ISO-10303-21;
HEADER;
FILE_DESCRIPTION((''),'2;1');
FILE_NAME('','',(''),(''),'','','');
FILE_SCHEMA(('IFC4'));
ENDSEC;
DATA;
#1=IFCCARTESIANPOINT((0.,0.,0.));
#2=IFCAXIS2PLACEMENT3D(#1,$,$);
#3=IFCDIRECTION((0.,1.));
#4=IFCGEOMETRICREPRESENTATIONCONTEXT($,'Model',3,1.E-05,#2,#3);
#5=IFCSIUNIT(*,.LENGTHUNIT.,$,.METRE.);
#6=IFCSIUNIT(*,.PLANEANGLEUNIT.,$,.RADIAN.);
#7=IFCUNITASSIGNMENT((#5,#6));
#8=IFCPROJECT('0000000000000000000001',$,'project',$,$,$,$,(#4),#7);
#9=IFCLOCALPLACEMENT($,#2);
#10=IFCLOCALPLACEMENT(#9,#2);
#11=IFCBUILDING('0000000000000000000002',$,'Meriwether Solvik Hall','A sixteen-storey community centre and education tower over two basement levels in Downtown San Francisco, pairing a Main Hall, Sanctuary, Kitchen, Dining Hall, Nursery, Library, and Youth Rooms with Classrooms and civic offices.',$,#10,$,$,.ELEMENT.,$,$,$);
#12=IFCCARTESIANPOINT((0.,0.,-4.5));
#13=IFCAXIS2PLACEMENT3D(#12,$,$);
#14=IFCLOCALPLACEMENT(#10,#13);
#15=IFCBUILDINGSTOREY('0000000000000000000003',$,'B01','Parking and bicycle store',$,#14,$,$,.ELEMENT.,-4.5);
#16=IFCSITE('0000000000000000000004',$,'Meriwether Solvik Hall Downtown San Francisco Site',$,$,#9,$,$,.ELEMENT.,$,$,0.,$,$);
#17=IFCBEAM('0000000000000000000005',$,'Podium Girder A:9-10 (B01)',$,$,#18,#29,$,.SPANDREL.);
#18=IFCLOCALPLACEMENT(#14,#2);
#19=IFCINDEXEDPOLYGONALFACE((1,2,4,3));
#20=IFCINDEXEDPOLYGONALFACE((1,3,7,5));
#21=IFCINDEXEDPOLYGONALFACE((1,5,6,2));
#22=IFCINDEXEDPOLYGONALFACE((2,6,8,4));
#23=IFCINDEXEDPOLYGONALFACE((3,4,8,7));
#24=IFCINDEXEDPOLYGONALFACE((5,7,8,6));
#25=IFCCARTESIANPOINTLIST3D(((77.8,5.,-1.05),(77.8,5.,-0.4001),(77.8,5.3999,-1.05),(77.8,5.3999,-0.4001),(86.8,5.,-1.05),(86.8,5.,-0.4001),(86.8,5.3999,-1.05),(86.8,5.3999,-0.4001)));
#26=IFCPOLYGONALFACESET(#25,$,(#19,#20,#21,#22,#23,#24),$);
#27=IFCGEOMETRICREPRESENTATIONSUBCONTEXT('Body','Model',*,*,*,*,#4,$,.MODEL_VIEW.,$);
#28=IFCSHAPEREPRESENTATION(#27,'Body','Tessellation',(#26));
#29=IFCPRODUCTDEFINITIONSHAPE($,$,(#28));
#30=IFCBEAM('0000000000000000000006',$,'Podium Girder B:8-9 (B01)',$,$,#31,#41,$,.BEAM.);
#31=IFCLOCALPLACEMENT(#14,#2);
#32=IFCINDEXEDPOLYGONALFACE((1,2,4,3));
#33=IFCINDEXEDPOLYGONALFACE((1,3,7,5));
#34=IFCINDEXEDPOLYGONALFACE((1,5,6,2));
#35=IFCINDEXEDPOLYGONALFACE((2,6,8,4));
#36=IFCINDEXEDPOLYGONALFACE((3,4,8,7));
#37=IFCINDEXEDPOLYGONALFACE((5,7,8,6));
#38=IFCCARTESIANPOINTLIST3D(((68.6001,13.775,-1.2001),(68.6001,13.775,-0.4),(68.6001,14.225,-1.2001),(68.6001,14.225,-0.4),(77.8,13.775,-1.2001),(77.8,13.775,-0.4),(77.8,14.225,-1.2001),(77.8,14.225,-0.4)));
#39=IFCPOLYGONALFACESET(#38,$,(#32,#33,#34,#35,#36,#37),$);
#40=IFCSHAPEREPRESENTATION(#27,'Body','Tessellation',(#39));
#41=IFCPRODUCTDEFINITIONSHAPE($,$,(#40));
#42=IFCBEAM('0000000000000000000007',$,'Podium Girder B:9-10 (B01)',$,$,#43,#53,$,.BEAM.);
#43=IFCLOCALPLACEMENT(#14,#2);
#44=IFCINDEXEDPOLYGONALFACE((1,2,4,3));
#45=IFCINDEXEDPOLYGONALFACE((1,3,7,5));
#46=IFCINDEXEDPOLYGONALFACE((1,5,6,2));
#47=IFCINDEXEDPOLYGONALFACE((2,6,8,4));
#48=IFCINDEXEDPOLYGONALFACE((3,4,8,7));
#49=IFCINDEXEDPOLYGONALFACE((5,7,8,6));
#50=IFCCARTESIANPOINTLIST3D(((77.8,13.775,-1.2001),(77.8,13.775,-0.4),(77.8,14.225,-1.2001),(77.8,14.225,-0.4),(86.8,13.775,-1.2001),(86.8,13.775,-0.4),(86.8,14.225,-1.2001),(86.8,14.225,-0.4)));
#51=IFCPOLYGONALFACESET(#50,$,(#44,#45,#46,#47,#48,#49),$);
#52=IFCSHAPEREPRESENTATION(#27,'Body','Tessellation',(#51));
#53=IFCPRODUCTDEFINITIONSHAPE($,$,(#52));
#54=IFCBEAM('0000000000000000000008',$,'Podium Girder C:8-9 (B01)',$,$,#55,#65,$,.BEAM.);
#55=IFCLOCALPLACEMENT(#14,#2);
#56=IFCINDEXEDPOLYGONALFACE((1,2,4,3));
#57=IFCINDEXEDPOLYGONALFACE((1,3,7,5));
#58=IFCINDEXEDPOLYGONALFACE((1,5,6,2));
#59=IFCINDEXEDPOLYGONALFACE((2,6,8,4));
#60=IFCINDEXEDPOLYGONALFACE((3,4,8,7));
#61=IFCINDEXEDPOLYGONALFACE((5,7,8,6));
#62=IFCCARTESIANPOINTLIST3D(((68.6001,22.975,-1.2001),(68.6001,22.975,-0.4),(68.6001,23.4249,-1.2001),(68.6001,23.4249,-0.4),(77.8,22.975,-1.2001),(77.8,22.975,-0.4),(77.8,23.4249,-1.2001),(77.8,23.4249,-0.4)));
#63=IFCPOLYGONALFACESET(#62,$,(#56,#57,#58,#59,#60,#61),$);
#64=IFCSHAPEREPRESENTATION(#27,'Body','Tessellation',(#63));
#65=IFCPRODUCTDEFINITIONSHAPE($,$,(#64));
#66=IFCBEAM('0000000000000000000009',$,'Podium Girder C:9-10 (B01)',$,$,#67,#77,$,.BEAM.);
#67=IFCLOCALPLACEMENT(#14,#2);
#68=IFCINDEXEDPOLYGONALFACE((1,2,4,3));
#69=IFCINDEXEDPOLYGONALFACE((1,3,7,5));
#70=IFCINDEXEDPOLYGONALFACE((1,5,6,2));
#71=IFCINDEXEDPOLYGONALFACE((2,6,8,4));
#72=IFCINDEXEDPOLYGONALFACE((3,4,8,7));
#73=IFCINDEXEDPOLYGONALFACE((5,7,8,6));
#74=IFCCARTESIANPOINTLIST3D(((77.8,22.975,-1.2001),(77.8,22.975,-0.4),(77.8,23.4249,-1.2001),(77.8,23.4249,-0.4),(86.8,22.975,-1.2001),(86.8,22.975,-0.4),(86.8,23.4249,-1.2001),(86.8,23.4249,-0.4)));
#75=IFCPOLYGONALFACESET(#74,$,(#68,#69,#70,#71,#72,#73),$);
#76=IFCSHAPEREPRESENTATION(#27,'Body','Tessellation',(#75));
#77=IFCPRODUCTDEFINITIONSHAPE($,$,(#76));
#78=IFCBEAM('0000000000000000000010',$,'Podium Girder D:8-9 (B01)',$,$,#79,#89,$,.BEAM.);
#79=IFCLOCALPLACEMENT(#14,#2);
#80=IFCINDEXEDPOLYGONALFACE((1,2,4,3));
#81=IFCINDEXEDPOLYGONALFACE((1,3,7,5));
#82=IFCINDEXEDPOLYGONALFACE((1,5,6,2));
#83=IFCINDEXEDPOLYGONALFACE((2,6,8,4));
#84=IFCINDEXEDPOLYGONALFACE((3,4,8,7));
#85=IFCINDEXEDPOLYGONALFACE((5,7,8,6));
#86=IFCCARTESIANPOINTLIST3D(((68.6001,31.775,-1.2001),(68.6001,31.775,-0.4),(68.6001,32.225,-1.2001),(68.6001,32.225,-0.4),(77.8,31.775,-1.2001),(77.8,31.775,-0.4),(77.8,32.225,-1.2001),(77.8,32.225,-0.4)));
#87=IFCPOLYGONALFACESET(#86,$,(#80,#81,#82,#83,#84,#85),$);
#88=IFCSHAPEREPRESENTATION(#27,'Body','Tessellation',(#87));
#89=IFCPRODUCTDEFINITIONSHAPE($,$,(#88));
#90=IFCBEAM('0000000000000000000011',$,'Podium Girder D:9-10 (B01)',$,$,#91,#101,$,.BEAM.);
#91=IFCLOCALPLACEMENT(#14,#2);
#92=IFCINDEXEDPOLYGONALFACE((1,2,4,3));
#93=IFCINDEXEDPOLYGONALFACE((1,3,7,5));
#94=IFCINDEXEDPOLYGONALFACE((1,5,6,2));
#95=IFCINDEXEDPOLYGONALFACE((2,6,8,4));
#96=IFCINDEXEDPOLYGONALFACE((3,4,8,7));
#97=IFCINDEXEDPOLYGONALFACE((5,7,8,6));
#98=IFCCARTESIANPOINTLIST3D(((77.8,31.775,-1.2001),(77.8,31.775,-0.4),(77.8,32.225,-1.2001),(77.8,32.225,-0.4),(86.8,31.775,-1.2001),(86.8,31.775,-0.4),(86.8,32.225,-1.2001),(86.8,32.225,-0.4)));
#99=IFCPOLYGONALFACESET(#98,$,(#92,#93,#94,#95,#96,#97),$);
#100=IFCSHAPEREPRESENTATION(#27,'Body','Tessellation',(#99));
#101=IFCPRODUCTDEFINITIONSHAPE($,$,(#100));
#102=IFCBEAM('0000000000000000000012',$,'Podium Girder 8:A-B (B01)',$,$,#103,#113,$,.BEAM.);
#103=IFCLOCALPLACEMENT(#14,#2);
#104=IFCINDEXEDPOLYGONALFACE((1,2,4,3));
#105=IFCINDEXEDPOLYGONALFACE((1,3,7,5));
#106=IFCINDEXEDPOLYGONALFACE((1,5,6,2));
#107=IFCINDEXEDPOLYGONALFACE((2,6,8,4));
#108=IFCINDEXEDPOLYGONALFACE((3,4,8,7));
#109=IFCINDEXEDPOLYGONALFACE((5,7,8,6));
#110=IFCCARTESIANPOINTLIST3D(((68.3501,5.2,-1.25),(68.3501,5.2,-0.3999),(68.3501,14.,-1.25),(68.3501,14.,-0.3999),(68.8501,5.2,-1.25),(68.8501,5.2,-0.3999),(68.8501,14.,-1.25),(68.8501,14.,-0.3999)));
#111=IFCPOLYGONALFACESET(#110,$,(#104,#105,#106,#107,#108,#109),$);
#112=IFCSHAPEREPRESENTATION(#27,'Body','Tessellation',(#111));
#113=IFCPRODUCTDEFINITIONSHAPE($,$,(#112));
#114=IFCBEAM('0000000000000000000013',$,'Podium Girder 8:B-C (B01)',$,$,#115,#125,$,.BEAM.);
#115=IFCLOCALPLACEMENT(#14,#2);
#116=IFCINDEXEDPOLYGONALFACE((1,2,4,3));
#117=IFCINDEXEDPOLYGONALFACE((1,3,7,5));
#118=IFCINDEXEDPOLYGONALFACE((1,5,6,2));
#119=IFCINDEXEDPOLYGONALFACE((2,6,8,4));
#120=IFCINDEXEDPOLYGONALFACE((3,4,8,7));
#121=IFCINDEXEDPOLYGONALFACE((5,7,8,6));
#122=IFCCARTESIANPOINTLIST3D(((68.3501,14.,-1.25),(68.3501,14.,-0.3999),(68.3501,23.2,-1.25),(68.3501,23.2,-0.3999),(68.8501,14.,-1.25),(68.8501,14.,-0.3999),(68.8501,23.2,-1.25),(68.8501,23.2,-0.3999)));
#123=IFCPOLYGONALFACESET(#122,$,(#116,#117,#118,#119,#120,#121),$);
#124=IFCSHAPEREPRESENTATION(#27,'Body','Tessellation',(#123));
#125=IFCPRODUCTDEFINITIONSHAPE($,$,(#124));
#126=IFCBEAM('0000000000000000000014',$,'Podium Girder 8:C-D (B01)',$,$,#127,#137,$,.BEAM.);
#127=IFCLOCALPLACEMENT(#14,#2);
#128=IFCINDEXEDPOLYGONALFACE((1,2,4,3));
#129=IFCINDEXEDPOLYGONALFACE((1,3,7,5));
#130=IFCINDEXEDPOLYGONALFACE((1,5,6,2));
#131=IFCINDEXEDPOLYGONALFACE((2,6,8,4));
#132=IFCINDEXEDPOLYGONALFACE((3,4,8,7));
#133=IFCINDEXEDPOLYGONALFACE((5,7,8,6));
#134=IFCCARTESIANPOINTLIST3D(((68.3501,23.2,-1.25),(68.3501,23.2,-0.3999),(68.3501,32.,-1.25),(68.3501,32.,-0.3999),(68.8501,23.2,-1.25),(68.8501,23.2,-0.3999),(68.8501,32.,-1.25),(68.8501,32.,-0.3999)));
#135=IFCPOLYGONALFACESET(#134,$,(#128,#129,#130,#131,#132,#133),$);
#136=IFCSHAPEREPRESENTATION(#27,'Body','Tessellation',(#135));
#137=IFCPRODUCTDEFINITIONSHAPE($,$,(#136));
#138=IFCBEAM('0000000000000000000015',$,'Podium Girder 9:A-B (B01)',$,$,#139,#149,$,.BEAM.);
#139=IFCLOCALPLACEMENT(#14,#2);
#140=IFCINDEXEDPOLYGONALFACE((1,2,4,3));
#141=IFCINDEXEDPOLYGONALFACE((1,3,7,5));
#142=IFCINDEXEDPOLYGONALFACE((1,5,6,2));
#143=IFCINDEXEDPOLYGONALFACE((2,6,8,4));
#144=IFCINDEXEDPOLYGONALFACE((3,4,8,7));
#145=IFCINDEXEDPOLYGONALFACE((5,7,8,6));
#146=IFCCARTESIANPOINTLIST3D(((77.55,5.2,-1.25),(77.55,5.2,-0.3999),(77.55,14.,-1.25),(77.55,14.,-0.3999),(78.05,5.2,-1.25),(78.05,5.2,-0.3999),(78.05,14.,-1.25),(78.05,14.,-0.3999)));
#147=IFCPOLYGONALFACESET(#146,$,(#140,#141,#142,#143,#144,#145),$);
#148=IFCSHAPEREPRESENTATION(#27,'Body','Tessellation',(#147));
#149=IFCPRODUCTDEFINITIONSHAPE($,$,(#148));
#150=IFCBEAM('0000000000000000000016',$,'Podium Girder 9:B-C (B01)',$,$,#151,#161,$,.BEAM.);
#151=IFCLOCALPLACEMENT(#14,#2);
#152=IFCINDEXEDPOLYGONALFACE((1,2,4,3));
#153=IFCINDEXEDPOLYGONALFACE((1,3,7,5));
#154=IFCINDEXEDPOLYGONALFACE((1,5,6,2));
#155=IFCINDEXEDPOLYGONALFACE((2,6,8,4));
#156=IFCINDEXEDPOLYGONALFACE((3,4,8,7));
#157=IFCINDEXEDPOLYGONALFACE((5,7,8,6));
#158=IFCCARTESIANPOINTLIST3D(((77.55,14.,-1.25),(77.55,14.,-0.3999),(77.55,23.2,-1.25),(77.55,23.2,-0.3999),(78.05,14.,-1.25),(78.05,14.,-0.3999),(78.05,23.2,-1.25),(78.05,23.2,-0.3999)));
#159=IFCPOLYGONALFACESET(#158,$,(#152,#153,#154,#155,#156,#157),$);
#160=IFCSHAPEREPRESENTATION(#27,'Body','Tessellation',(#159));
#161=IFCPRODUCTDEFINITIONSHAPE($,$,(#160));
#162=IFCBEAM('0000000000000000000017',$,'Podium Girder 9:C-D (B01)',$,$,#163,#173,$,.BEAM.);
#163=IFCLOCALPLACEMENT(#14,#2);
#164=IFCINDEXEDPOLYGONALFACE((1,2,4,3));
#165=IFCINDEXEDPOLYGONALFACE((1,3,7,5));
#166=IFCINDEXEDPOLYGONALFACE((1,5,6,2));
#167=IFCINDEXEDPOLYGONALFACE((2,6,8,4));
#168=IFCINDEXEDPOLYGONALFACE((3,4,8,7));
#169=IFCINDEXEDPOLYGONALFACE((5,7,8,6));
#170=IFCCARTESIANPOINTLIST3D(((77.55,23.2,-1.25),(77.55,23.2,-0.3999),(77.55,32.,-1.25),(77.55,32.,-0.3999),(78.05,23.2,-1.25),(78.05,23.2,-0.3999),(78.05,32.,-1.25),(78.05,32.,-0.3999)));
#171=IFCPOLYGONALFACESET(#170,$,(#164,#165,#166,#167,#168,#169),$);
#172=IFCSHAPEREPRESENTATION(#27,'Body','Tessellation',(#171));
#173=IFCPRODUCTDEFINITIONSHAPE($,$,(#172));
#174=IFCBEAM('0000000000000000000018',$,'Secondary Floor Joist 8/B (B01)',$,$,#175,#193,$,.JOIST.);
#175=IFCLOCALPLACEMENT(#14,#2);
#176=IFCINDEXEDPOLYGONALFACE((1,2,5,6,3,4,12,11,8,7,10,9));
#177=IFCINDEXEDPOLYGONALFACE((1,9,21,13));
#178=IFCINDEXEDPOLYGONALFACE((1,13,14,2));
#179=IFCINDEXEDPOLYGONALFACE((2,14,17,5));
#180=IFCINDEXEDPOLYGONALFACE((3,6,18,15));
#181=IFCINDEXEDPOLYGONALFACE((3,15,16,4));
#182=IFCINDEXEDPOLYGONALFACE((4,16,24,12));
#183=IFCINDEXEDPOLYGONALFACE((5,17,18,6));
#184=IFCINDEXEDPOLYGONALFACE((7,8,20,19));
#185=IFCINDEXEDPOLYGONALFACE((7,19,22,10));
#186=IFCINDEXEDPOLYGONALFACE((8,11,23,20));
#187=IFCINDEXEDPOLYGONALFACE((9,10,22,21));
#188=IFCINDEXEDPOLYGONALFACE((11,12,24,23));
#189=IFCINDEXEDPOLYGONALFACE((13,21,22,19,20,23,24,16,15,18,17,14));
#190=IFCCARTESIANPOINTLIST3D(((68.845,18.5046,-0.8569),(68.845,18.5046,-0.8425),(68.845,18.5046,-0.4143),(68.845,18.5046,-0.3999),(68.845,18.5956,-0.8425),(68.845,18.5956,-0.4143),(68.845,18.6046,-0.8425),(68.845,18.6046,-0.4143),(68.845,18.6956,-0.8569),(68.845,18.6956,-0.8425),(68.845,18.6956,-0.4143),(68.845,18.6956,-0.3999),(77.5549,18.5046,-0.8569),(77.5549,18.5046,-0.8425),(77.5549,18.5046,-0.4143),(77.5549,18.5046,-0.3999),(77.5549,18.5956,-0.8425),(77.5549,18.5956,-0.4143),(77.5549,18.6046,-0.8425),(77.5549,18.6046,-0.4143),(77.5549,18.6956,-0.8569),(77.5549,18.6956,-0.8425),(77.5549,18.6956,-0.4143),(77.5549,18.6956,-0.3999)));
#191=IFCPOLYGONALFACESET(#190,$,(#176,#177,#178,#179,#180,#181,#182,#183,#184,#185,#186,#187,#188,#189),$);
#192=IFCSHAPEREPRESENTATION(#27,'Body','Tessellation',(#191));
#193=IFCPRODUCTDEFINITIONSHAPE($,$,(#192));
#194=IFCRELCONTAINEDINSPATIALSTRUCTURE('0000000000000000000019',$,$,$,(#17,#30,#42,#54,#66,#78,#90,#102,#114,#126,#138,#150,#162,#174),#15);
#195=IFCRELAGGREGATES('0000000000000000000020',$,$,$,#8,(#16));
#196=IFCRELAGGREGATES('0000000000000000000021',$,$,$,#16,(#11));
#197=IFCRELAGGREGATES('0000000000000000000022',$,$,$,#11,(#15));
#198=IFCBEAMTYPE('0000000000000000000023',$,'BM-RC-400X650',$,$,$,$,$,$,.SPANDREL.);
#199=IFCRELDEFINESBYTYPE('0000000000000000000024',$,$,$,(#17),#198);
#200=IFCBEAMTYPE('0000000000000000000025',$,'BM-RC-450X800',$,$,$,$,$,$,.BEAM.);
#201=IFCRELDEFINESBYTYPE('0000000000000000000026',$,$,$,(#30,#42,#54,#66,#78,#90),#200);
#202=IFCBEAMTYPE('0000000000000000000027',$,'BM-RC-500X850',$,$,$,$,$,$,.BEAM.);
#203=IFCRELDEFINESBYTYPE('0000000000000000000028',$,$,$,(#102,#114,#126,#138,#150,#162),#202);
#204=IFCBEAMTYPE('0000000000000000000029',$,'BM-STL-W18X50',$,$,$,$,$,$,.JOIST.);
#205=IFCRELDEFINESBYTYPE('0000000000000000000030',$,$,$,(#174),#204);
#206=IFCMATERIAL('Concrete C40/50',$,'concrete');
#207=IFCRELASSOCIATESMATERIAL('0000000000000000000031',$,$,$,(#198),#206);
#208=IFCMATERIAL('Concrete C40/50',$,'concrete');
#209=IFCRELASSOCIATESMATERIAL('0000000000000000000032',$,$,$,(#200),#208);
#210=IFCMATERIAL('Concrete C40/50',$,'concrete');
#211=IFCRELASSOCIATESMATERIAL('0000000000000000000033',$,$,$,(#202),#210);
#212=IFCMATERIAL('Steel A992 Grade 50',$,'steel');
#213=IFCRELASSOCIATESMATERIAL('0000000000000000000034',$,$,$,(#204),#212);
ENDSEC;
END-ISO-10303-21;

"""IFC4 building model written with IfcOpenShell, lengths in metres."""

from ifc_helpers import new_model, si_unit, direction, frame, origin, origin_2d, place, context, subcontext, project, spatial, rectangle, i_section, extrude, material, material_profile, profile_set, type_object, element, save


model = new_model("IFC4")

# Units and contexts
model_context = context("Model", 3, precision=1e-05, world=origin(), true_north=direction((0.0, 1.0)))
body_context = subcontext(model_context, "Body", "Model", "MODEL_VIEW")
ifc_project = project(units=[si_unit("LENGTHUNIT", "METRE"), si_unit("PLANEANGLEUNIT", "RADIAN")], contexts=[model_context])

# Site, building, storey
site_placement = place(None, origin())
site = spatial("IfcSite", under=ifc_project, at=site_placement, Name="Meriwether Solvik Hall Downtown San Francisco Site", CompositionType="ELEMENT", RefElevation=0.0)
building_placement = place(site_placement, origin())
building = spatial("IfcBuilding", under=site, at=building_placement, Name="Meriwether Solvik Hall", Description="A sixteen-storey community centre and education tower over two basement levels in Downtown San Francisco, pairing a Main Hall, Sanctuary, Kitchen, Dining Hall, Nursery, Library, and Youth Rooms with Classrooms and civic offices.", CompositionType="ELEMENT")
storey_placement = place(building_placement, frame((0.0, 0.0, -4.5)))
storey = spatial("IfcBuildingStorey", under=building, at=storey_placement, Name="B01", Description="Parking and bicycle store", CompositionType="ELEMENT", Elevation=-4.5)

# Beams
ifc_material_1 = material(Name="Concrete C40/50", Category="concrete")
ifc_material_profile_1 = material_profile(ifc_material_1, rectangle(XDim=0.3999, YDim=0.6499, at=origin_2d()), Name="RCB-400X650")
ifc_profile_set_1 = profile_set([ifc_material_profile_1], Name="Concrete C40/50")
beam_type_1 = type_object("IfcBeamType", Name="BM-RC-400X650", PredefinedType="SPANDREL", material=ifc_profile_set_1)
beam_1_placement = place(storey_placement, frame((77.8, 5.2, -0.7251), z_axis=(1.0, 0.0, 0.0), x_axis=(0.0, 1.0, 0.0)))
element("IfcBeam", 1, at=beam_1_placement, inside=storey, type_object=beam_type_1, Name="Podium Girder A:9-10 (B01)", PredefinedType="SPANDREL", context=body_context, shape_type="SweptSolid", body=[
    extrude(rectangle(XDim=0.3999, YDim=0.6499, at=origin_2d()), origin(), (0.0, 0.0, 1.0), 9.0),
])
ifc_material_2 = material(Name="Concrete C40/50", Category="concrete")
ifc_material_profile_2 = material_profile(ifc_material_2, rectangle(XDim=0.45, YDim=0.8, at=origin_2d()), Name="RCB-450X800")
ifc_profile_set_2 = profile_set([ifc_material_profile_2], Name="Concrete C40/50")
beam_type_2 = type_object("IfcBeamType", Name="BM-RC-450X800", PredefinedType="BEAM", material=ifc_profile_set_2)
beam_2_placement = place(storey_placement, frame((68.6001, 14.0, -0.8), z_axis=(1.0, 0.0, 0.0), x_axis=(0.0, 1.0, 0.0)))
element("IfcBeam", 2, at=beam_2_placement, inside=storey, type_object=beam_type_2, Name="Podium Girder B:8-9 (B01)", PredefinedType="BEAM", context=body_context, shape_type="SweptSolid", body=[
    extrude(rectangle(XDim=0.45, YDim=0.8, at=origin_2d()), origin(), (0.0, 0.0, 1.0), 9.2),
])
beam_3_placement = place(storey_placement, frame((77.8, 14.0, -0.8), z_axis=(1.0, 0.0, 0.0), x_axis=(0.0, 1.0, 0.0)))
element("IfcBeam", 3, at=beam_3_placement, inside=storey, type_object=beam_type_2, Name="Podium Girder B:9-10 (B01)", PredefinedType="BEAM", context=body_context, shape_type="SweptSolid", body=[
    extrude(rectangle(XDim=0.45, YDim=0.8, at=origin_2d()), origin(), (0.0, 0.0, 1.0), 9.0),
])
beam_4_placement = place(storey_placement, frame((68.6001, 23.2, -0.8), z_axis=(1.0, 0.0, 0.0), x_axis=(0.0, 1.0, 0.0)))
element("IfcBeam", 4, at=beam_4_placement, inside=storey, type_object=beam_type_2, Name="Podium Girder C:8-9 (B01)", PredefinedType="BEAM", context=body_context, shape_type="SweptSolid", body=[
    extrude(rectangle(XDim=0.45, YDim=0.8, at=origin_2d()), origin(), (0.0, 0.0, 1.0), 9.2),
])
beam_5_placement = place(storey_placement, frame((77.8, 23.2, -0.8), z_axis=(1.0, 0.0, 0.0), x_axis=(0.0, 1.0, 0.0)))
element("IfcBeam", 5, at=beam_5_placement, inside=storey, type_object=beam_type_2, Name="Podium Girder C:9-10 (B01)", PredefinedType="BEAM", context=body_context, shape_type="SweptSolid", body=[
    extrude(rectangle(XDim=0.45, YDim=0.8, at=origin_2d()), origin(), (0.0, 0.0, 1.0), 9.0),
])
beam_6_placement = place(storey_placement, frame((68.6001, 32.0, -0.8), z_axis=(1.0, 0.0, 0.0), x_axis=(0.0, 1.0, 0.0)))
element("IfcBeam", 6, at=beam_6_placement, inside=storey, type_object=beam_type_2, Name="Podium Girder D:8-9 (B01)", PredefinedType="BEAM", context=body_context, shape_type="SweptSolid", body=[
    extrude(rectangle(XDim=0.45, YDim=0.8, at=origin_2d()), origin(), (0.0, 0.0, 1.0), 9.2),
])
beam_7_placement = place(storey_placement, frame((77.8, 32.0, -0.8), z_axis=(1.0, 0.0, 0.0), x_axis=(0.0, 1.0, 0.0)))
element("IfcBeam", 7, at=beam_7_placement, inside=storey, type_object=beam_type_2, Name="Podium Girder D:9-10 (B01)", PredefinedType="BEAM", context=body_context, shape_type="SweptSolid", body=[
    extrude(rectangle(XDim=0.45, YDim=0.8, at=origin_2d()), origin(), (0.0, 0.0, 1.0), 9.0),
])
ifc_material_3 = material(Name="Concrete C40/50", Category="concrete")
ifc_material_profile_3 = material_profile(ifc_material_3, rectangle(XDim=0.5, YDim=0.8501, at=origin_2d()), Name="RCB-500X850")
ifc_profile_set_3 = profile_set([ifc_material_profile_3], Name="Concrete C40/50")
beam_type_3 = type_object("IfcBeamType", Name="BM-RC-500X850", PredefinedType="BEAM", material=ifc_profile_set_3)
beam_8_placement = place(storey_placement, frame((68.6001, 5.2, -0.825), z_axis=(0.0, 1.0, 0.0), x_axis=(-1.0, 0.0, 0.0)))
element("IfcBeam", 8, at=beam_8_placement, inside=storey, type_object=beam_type_3, Name="Podium Girder 8:A-B (B01)", PredefinedType="BEAM", context=body_context, shape_type="SweptSolid", body=[
    extrude(rectangle(XDim=0.5, YDim=0.8501, at=origin_2d()), origin(), (0.0, 0.0, 1.0), 8.8),
])
beam_9_placement = place(storey_placement, frame((68.6001, 14.0, -0.825), z_axis=(0.0, 1.0, 0.0), x_axis=(-1.0, 0.0, 0.0)))
element("IfcBeam", 9, at=beam_9_placement, inside=storey, type_object=beam_type_3, Name="Podium Girder 8:B-C (B01)", PredefinedType="BEAM", context=body_context, shape_type="SweptSolid", body=[
    extrude(rectangle(XDim=0.5, YDim=0.8501, at=origin_2d()), origin(), (0.0, 0.0, 1.0), 9.2),
])
for number, where, z_axis, x_axis, name in (
    (10, (68.6001, 23.2, -0.825), (0.0, 1.0, 0.0), (-1.0, 0.0, 0.0), "Podium Girder 8:C-D (B01)"),
    (11, (77.8, 5.2, -0.825), (0.0, 1.0, 0.0), (-1.0, 0.0, 0.0), "Podium Girder 9:A-B (B01)"),
):
    element("IfcBeam", number, at=place(storey_placement, frame(where, z_axis=z_axis, x_axis=x_axis)), inside=storey, type_object=beam_type_3, Name=name, PredefinedType="BEAM", context=body_context, shape_type="SweptSolid", body=[
        extrude(rectangle(XDim=0.5, YDim=0.8501, at=origin_2d()), origin(), (0.0, 0.0, 1.0), 8.8),
    ])
beam_10_placement = place(storey_placement, frame((77.8, 14.0, -0.825), z_axis=(0.0, 1.0, 0.0), x_axis=(-1.0, 0.0, 0.0)))
element("IfcBeam", 12, at=beam_10_placement, inside=storey, type_object=beam_type_3, Name="Podium Girder 9:B-C (B01)", PredefinedType="BEAM", context=body_context, shape_type="SweptSolid", body=[
    extrude(rectangle(XDim=0.5, YDim=0.8501, at=origin_2d()), origin(), (0.0, 0.0, 1.0), 9.2),
])
beam_11_placement = place(storey_placement, frame((77.8, 23.2, -0.825), z_axis=(0.0, 1.0, 0.0), x_axis=(-1.0, 0.0, 0.0)))
element("IfcBeam", 13, at=beam_11_placement, inside=storey, type_object=beam_type_3, Name="Podium Girder 9:C-D (B01)", PredefinedType="BEAM", context=body_context, shape_type="SweptSolid", body=[
    extrude(rectangle(XDim=0.5, YDim=0.8501, at=origin_2d()), origin(), (0.0, 0.0, 1.0), 8.8),
])
ifc_material_4 = material(Name="Steel A992 Grade 50", Category="steel")
ifc_material_profile_4 = material_profile(ifc_material_4, i_section(OverallWidth=0.1909, OverallDepth=0.457, WebThickness=0.009, FlangeThickness=0.0144, at=origin_2d()), Name="W18X50")
ifc_profile_set_4 = profile_set([ifc_material_profile_4], Name="Steel A992 Grade 50")
beam_type_4 = type_object("IfcBeamType", Name="BM-STL-W18X50", PredefinedType="JOIST", material=ifc_profile_set_4)
beam_12_placement = place(storey_placement, frame((68.845, 18.6001, -0.6284), z_axis=(1.0, 0.0, 0.0), x_axis=(0.0, 1.0, 0.0)))
element("IfcBeam", 14, at=beam_12_placement, inside=storey, type_object=beam_type_4, Name="Secondary Floor Joist 8/B (B01)", PredefinedType="JOIST", context=body_context, shape_type="SweptSolid", body=[
    extrude(i_section(OverallWidth=0.1909, OverallDepth=0.457, WebThickness=0.009, FlangeThickness=0.0144, at=origin_2d()), origin(), (0.0, 0.0, 1.0), 8.71),
])

save(model, "model.ifc")
